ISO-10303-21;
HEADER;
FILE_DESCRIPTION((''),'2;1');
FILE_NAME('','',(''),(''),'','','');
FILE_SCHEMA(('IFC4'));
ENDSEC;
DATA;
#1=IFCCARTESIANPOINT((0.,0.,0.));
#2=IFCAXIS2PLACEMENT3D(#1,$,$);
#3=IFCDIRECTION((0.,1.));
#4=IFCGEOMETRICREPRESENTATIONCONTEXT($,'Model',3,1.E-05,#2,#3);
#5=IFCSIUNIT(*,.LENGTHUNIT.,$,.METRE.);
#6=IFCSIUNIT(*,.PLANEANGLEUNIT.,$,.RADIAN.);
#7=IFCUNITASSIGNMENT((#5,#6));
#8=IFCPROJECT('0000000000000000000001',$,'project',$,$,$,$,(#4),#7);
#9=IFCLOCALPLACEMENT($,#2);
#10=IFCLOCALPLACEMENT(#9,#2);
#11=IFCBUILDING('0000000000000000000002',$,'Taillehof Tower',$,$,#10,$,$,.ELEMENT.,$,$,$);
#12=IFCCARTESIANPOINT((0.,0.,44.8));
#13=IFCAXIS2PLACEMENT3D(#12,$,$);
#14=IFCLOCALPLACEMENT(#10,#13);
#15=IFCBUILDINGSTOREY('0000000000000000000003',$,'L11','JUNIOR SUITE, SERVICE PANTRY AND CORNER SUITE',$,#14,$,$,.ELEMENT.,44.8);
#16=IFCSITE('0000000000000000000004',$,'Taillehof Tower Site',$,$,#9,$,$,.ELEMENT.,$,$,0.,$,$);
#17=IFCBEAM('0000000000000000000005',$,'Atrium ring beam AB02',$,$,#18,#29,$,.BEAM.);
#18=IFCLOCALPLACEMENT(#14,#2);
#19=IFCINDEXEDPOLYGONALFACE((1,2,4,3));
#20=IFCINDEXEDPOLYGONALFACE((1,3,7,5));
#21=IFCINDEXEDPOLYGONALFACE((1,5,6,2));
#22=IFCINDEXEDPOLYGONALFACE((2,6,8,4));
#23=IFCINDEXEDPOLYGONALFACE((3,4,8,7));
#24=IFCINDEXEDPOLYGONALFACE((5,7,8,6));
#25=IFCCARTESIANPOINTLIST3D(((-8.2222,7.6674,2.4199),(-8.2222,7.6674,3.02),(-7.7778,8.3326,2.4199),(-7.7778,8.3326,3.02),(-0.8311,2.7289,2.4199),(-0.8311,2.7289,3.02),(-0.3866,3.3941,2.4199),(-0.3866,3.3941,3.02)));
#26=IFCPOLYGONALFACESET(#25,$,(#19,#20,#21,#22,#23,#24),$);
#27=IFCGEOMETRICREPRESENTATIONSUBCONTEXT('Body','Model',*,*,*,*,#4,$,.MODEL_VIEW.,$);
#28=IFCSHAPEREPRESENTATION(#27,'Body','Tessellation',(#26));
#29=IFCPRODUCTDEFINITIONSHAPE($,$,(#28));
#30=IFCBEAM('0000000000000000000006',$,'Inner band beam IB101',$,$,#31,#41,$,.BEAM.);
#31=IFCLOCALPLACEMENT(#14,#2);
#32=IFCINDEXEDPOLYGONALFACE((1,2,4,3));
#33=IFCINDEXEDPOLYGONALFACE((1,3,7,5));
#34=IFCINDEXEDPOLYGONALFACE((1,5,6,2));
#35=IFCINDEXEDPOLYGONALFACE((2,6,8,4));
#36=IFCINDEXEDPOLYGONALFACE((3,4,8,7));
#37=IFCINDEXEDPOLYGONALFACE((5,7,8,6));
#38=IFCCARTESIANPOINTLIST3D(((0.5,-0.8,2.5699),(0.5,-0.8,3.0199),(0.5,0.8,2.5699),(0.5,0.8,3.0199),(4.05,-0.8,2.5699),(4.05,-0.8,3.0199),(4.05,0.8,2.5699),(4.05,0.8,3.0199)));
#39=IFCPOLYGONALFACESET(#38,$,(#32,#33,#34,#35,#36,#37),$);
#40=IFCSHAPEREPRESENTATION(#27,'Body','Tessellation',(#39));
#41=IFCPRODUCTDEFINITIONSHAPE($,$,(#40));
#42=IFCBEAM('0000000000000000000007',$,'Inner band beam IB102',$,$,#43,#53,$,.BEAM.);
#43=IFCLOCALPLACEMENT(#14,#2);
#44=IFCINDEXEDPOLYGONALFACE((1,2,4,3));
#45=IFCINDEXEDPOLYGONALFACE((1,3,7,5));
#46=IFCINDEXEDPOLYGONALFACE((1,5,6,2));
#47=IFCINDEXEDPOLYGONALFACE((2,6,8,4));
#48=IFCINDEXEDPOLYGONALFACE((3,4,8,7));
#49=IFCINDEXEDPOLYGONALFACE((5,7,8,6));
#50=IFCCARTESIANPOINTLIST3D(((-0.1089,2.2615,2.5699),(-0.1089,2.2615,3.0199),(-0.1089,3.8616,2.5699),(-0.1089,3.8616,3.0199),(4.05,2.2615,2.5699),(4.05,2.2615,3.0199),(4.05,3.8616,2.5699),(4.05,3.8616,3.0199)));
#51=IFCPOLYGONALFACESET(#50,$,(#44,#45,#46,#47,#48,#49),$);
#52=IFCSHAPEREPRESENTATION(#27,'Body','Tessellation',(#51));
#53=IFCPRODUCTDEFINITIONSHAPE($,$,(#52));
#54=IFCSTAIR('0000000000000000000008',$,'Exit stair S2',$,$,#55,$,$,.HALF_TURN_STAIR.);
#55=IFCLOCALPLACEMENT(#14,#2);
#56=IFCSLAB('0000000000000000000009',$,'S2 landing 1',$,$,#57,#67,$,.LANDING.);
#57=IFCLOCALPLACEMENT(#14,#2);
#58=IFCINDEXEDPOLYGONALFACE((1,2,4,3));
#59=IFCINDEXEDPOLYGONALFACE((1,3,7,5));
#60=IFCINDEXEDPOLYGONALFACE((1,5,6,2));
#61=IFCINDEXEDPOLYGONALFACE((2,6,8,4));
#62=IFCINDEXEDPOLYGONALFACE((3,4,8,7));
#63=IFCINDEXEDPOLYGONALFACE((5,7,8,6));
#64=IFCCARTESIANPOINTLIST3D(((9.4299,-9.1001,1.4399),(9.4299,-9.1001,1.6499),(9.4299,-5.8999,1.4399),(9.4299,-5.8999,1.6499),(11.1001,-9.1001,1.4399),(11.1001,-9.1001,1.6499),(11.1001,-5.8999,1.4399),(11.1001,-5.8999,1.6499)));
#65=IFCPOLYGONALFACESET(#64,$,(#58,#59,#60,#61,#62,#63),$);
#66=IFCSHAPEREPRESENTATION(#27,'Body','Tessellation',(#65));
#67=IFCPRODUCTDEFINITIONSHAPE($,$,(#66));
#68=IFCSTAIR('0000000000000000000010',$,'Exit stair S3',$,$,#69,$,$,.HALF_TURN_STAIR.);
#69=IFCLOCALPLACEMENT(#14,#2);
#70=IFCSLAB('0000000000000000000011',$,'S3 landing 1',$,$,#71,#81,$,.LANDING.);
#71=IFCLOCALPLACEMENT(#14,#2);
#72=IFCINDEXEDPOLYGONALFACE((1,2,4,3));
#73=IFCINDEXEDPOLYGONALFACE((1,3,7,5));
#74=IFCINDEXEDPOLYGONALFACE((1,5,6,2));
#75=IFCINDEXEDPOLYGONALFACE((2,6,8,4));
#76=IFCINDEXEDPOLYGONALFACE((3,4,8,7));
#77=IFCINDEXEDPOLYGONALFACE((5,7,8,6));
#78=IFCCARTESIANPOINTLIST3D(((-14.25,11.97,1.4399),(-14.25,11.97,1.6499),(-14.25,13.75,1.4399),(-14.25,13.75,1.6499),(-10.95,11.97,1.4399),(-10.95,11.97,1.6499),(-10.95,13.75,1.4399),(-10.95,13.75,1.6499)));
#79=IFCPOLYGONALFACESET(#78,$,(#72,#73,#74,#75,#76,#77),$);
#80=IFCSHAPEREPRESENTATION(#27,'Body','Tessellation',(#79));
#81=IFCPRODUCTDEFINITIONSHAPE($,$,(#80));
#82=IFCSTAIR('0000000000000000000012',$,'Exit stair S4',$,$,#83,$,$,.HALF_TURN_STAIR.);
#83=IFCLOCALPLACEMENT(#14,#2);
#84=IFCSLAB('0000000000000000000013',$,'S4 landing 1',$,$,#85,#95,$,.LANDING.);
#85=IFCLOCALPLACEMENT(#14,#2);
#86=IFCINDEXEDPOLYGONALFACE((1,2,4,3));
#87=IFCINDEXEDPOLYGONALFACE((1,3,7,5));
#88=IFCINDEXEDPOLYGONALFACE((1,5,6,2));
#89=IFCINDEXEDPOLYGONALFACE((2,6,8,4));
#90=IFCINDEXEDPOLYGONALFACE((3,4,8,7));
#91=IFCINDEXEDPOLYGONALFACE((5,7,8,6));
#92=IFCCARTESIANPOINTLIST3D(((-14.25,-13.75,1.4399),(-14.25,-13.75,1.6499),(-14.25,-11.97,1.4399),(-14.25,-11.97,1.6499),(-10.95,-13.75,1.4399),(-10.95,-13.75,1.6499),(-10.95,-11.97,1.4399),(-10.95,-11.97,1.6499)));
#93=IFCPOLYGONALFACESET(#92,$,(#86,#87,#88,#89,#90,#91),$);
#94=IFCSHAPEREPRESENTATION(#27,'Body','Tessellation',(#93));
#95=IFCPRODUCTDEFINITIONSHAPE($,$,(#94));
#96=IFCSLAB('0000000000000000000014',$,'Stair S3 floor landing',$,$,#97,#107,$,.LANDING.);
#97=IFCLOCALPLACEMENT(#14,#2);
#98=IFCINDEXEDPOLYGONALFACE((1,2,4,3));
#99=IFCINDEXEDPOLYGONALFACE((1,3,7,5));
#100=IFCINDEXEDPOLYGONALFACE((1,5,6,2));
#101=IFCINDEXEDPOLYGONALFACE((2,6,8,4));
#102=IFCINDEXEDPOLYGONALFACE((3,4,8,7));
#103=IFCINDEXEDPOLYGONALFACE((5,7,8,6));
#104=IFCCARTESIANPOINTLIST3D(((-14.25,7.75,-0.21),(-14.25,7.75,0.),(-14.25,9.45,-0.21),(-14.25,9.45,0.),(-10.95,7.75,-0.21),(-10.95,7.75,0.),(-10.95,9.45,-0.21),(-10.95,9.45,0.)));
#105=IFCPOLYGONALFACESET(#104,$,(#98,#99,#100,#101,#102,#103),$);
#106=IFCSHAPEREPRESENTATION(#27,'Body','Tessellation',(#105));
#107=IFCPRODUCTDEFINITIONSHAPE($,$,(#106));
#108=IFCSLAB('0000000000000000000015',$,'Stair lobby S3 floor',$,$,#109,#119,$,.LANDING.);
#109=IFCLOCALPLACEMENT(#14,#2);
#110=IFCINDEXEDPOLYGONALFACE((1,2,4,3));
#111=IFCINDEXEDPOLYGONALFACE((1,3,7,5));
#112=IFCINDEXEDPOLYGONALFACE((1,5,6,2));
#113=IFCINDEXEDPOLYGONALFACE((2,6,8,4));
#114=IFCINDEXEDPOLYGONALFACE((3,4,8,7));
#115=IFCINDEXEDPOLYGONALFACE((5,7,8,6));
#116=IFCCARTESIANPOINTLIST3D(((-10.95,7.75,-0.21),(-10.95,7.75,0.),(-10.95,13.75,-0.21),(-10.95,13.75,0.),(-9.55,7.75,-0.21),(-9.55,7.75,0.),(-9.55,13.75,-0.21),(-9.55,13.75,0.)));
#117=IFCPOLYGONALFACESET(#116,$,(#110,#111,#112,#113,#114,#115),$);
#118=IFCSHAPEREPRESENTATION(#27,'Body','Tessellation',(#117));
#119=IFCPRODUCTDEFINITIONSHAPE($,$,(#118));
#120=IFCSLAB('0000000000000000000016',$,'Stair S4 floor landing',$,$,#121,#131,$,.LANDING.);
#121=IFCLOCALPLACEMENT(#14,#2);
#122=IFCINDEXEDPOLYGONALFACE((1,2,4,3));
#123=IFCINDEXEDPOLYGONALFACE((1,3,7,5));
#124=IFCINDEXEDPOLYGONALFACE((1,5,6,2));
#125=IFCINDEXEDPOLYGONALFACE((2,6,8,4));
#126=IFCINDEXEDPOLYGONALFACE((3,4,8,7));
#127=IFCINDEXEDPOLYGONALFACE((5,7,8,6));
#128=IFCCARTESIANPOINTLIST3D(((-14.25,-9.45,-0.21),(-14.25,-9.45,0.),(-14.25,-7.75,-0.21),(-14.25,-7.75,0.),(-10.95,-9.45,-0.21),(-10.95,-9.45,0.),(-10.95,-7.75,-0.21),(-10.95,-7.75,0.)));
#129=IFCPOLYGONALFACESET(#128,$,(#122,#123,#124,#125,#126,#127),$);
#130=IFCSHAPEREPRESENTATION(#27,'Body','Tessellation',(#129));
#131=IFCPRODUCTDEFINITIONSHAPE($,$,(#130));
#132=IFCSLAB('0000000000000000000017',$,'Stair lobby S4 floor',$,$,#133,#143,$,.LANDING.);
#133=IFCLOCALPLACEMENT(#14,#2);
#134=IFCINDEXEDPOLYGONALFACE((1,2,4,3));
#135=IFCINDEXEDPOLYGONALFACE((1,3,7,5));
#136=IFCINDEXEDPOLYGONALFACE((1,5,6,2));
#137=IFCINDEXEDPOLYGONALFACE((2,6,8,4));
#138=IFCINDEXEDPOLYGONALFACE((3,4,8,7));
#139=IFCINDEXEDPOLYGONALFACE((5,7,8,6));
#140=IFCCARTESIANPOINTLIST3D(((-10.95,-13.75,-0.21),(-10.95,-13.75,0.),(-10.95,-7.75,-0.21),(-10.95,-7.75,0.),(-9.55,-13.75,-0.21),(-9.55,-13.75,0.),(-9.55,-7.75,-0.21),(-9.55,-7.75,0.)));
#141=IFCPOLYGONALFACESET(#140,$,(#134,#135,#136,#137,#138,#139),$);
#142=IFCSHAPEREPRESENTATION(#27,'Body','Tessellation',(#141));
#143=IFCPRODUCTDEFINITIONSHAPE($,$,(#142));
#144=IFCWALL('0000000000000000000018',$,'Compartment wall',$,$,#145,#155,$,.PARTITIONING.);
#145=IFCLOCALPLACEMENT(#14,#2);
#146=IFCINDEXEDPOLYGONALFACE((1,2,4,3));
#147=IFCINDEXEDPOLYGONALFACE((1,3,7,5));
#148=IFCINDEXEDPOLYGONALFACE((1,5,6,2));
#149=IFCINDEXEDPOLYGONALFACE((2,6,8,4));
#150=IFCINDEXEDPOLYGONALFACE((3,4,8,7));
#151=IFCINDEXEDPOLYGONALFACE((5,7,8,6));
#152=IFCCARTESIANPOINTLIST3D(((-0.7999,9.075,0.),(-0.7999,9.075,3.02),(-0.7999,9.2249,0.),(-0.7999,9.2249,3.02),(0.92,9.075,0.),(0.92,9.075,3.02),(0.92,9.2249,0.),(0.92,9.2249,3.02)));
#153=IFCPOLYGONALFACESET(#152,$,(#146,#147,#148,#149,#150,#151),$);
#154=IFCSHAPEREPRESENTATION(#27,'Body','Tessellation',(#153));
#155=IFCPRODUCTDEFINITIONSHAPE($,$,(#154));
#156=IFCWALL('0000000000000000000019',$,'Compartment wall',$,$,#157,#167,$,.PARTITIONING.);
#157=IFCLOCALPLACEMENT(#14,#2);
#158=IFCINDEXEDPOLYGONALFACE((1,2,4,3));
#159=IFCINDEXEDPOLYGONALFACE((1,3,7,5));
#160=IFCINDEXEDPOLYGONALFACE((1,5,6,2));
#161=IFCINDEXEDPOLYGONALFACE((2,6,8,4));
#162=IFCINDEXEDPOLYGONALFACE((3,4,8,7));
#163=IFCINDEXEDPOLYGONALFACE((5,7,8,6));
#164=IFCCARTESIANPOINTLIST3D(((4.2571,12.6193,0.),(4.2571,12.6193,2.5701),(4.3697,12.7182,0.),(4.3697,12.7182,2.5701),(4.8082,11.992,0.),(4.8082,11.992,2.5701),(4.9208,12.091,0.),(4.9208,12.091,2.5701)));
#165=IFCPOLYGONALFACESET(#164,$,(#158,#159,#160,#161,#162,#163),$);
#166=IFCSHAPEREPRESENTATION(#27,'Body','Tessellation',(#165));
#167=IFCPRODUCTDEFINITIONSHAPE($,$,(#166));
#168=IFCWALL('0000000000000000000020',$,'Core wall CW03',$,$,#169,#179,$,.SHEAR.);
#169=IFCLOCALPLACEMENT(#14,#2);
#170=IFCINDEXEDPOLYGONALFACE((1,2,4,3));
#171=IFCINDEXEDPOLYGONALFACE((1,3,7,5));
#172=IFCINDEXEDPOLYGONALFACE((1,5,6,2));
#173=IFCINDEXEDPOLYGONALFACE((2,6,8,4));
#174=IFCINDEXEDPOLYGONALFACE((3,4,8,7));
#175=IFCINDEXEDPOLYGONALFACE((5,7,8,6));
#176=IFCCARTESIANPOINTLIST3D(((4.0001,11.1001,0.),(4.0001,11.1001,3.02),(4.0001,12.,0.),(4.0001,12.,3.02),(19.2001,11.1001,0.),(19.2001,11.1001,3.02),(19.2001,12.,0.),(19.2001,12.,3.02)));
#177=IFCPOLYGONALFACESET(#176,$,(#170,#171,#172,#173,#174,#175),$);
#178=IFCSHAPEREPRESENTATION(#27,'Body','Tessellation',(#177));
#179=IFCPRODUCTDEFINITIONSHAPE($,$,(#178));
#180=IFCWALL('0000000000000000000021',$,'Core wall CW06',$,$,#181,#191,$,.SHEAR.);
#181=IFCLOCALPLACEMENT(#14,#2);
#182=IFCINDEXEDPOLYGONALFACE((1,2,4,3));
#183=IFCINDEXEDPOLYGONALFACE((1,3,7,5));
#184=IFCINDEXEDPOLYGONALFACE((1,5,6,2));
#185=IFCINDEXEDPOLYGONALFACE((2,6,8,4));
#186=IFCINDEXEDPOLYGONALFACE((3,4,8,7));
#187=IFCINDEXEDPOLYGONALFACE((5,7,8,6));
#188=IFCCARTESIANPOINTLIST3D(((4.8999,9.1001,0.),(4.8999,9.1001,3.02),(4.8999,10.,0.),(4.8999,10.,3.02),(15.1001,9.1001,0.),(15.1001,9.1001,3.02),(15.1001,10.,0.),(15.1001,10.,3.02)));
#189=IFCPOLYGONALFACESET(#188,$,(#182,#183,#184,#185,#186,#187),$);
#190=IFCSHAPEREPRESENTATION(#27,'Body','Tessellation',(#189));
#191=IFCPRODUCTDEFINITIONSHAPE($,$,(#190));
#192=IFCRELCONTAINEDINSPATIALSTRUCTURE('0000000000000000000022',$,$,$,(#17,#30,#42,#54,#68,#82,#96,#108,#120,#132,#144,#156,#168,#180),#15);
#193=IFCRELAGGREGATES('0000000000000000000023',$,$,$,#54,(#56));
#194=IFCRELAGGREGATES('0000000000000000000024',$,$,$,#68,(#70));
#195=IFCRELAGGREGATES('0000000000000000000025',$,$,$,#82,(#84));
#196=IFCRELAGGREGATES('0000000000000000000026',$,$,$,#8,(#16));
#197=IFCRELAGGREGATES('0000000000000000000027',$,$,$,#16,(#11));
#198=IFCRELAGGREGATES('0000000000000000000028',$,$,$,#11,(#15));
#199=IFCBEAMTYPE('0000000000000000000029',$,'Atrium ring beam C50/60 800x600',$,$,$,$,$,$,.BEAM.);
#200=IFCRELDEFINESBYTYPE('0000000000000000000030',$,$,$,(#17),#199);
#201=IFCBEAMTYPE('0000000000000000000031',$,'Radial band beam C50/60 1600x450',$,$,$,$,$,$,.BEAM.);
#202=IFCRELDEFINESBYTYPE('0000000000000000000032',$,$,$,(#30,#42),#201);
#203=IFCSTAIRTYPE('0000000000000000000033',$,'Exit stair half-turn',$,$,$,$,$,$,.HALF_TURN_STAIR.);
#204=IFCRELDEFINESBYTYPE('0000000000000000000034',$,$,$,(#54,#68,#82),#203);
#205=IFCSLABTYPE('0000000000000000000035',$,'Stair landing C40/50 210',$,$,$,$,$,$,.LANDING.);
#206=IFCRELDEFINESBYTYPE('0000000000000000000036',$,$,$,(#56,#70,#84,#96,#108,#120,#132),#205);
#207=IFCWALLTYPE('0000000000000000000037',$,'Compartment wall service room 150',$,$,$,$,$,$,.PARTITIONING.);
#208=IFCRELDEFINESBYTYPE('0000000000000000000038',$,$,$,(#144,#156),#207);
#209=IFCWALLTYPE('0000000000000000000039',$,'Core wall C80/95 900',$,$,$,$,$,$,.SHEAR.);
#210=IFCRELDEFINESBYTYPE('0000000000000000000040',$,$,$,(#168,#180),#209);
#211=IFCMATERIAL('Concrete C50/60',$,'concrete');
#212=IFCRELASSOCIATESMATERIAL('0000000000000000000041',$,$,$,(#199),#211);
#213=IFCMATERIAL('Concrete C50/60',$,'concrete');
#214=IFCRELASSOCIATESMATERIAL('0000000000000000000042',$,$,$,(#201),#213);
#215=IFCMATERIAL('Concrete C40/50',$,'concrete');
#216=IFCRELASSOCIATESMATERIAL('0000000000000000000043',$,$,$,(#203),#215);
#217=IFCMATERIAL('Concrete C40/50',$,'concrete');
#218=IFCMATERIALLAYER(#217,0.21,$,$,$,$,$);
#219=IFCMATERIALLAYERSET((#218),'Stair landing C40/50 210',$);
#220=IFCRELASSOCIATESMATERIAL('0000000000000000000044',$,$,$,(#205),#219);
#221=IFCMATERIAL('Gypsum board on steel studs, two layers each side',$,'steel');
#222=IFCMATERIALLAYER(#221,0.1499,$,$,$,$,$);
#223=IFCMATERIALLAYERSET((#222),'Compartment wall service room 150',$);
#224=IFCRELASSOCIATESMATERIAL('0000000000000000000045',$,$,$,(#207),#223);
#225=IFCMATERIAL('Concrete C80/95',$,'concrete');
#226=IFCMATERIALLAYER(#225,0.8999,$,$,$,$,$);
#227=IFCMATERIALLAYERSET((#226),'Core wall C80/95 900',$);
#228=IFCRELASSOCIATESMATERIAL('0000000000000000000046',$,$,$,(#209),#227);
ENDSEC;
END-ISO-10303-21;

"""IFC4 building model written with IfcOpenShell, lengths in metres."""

from ifc_helpers import new_model, si_unit, direction, frame, frame_2d, origin, origin_2d, place, context, subcontext, project, spatial, polyline, rectangle, outline, extrude, material, layer, layer_set, material_profile, profile_set, type_object, element, aggregate, save


model = new_model("IFC4")

# Units and contexts
model_context = context("Model", 3, precision=1e-05, world=origin(), true_north=direction((0.0, 1.0)))
body_context = subcontext(model_context, "Body", "Model", "MODEL_VIEW")
ifc_project = project(units=[si_unit("LENGTHUNIT", "METRE"), si_unit("PLANEANGLEUNIT", "RADIAN")], contexts=[model_context])

# Site, building, storey
site_placement = place(None, origin())
site = spatial("IfcSite", under=ifc_project, at=site_placement, Name="Taillehof Tower Site", CompositionType="ELEMENT", RefElevation=0.0)
building_placement = place(site_placement, origin())
building = spatial("IfcBuilding", under=site, at=building_placement, Name="Taillehof Tower", CompositionType="ELEMENT")
storey_placement = place(building_placement, frame((0.0, 0.0, 44.8)))
storey = spatial("IfcBuildingStorey", under=building, at=storey_placement, Name="L11", Description="JUNIOR SUITE, SERVICE PANTRY AND CORNER SUITE", CompositionType="ELEMENT", Elevation=44.8)

# Beams
ifc_material_1 = material(Name="Concrete C50/60", Category="concrete")
ifc_material_profile_1 = material_profile(ifc_material_1, rectangle(XDim=0.8, YDim=0.6001, at=origin_2d()), Name="RC 800x600")
ifc_profile_set_1 = profile_set([ifc_material_profile_1], Name="Concrete C50/60")
beam_type_1 = type_object("IfcBeamType", Name="Atrium ring beam C50/60 800x600", PredefinedType="BEAM", material=ifc_profile_set_1)
beam_1_placement = place(storey_placement, frame((-0.6089, 3.0615, 2.72), z_axis=(-0.831475, 0.555562, 0.0), x_axis=(-0.555562, -0.831475, 0.0)))
element("IfcBeam", 1, at=beam_1_placement, inside=storey, type_object=beam_type_1, Name="Atrium ring beam AB02", PredefinedType="BEAM", context=body_context, shape_type="SweptSolid", body=[
    extrude(rectangle(XDim=0.8, YDim=0.6001, at=origin_2d()), origin(), (0.0, 0.0, 1.0), 8.8892),
])
ifc_material_2 = material(Name="Concrete C50/60", Category="concrete")
ifc_material_profile_2 = material_profile(ifc_material_2, rectangle(XDim=1.6001, YDim=0.45, at=origin_2d()), Name="RC 1600x450")
ifc_profile_set_2 = profile_set([ifc_material_profile_2], Name="Concrete C50/60")
beam_type_2 = type_object("IfcBeamType", Name="Radial band beam C50/60 1600x450", PredefinedType="BEAM", material=ifc_profile_set_2)
beam_2_placement = place(storey_placement, frame((0.5, 0.0, 2.7949), z_axis=(1.0, 0.0, 0.0), x_axis=(0.0, 1.0, 0.0)))
element("IfcBeam", 2, at=beam_2_placement, inside=storey, type_object=beam_type_2, Name="Inner band beam IB101", PredefinedType="BEAM", context=body_context, shape_type="SweptSolid", body=[
    extrude(rectangle(XDim=1.6001, YDim=0.45, at=origin_2d()), origin(), (0.0, 0.0, 1.0), 3.55),
])
beam_3_placement = place(storey_placement, frame((-0.1089, 3.0615, 2.7949), z_axis=(1.0, 0.0, 0.0), x_axis=(0.0, 1.0, 0.0)))
element("IfcBeam", 3, at=beam_3_placement, inside=storey, type_object=beam_type_2, Name="Inner band beam IB102", PredefinedType="BEAM", context=body_context, shape_type="SweptSolid", body=[
    extrude(rectangle(XDim=1.6001, YDim=0.45, at=origin_2d()), origin(), (0.0, 0.0, 1.0), 4.1589),
])

# Stairs, slabs
ifc_material_3 = material(Name="Concrete C40/50", Category="concrete")
stair_type = type_object("IfcStairType", Name="Exit stair half-turn", PredefinedType="HALF_TURN_STAIR", material=ifc_material_3)
stair_1_placement = place(storey_placement, origin())
stair_1 = element("IfcStair", 4, at=stair_1_placement, inside=storey, type_object=stair_type, Name="Exit stair S2", PredefinedType="HALF_TURN_STAIR")
ifc_material_4 = material(Name="Concrete C40/50", Category="concrete")
ifc_layer_1 = layer(ifc_material_4, 0.21)
ifc_layer_set_1 = layer_set([ifc_layer_1], Name="Stair landing C40/50 210")
slab_type = type_object("IfcSlabType", Name="Stair landing C40/50 210", PredefinedType="LANDING", material=ifc_layer_set_1)
slab_1_placement = place(storey_placement, frame((0.0, 0.0, 1.4399)))
slab_1 = element("IfcSlab", 5, at=slab_1_placement, type_object=slab_type, Name="S2 landing 1", PredefinedType="LANDING", context=body_context, shape_type="SweptSolid", body=[
    extrude(outline(polyline([(9.4299, -5.8999), (11.1001, -5.8999), (11.1001, -9.1001), (9.4299, -9.1001), (9.4299, -5.8999)])), origin(), (0.0, 0.0, 1.0), 0.21),
])
aggregate(stair_1, [slab_1])
stair_2_placement = place(storey_placement, origin())
stair_2 = element("IfcStair", 6, at=stair_2_placement, inside=storey, type_object=stair_type, Name="Exit stair S3", PredefinedType="HALF_TURN_STAIR")
slab_2_placement = place(storey_placement, frame((0.0, 0.0, 1.4399)))
slab_2 = element("IfcSlab", 7, at=slab_2_placement, type_object=slab_type, Name="S3 landing 1", PredefinedType="LANDING", context=body_context, shape_type="SweptSolid", body=[
    extrude(outline(polyline([(-14.25, 11.97), (-14.25, 13.75), (-10.95, 13.75), (-10.95, 11.97), (-14.25, 11.97)])), origin(), (0.0, 0.0, 1.0), 0.21),
])
aggregate(stair_2, [slab_2])
stair_3_placement = place(storey_placement, origin())
stair_3 = element("IfcStair", 8, at=stair_3_placement, inside=storey, type_object=stair_type, Name="Exit stair S4", PredefinedType="HALF_TURN_STAIR")
slab_3_placement = place(storey_placement, frame((0.0, 0.0, 1.4399)))
slab_3 = element("IfcSlab", 9, at=slab_3_placement, type_object=slab_type, Name="S4 landing 1", PredefinedType="LANDING", context=body_context, shape_type="SweptSolid", body=[
    extrude(outline(polyline([(-14.25, -11.97), (-14.25, -13.75), (-10.95, -13.75), (-10.95, -11.97), (-14.25, -11.97)])), origin(), (0.0, 0.0, 1.0), 0.21),
])
aggregate(stair_3, [slab_3])

# Slabs
slab_4_placement = place(storey_placement, frame((0.0, 0.0, -0.21)))
element("IfcSlab", 10, at=slab_4_placement, inside=storey, type_object=slab_type, Name="Stair S3 floor landing", PredefinedType="LANDING", context=body_context, shape_type="SweptSolid", body=[
    extrude(outline(polyline([(-14.25, 7.75), (-14.25, 9.45), (-10.95, 9.45), (-10.95, 7.75), (-14.25, 7.75)])), origin(), (0.0, 0.0, 1.0), 0.21),
])
slab_5_placement = place(storey_placement, frame((0.0, 0.0, -0.21)))
element("IfcSlab", 11, at=slab_5_placement, inside=storey, type_object=slab_type, Name="Stair lobby S3 floor", PredefinedType="LANDING", context=body_context, shape_type="SweptSolid", body=[
    extrude(outline(polyline([(-10.95, 7.75), (-9.55, 7.75), (-9.55, 13.75), (-10.95, 13.75), (-10.95, 7.75)])), origin(), (0.0, 0.0, 1.0), 0.21),
])
slab_6_placement = place(storey_placement, frame((0.0, 0.0, -0.21)))
element("IfcSlab", 12, at=slab_6_placement, inside=storey, type_object=slab_type, Name="Stair S4 floor landing", PredefinedType="LANDING", context=body_context, shape_type="SweptSolid", body=[
    extrude(outline(polyline([(-14.25, -7.75), (-14.25, -9.45), (-10.95, -9.45), (-10.95, -7.75), (-14.25, -7.75)])), origin(), (0.0, 0.0, 1.0), 0.21),
])
slab_7_placement = place(storey_placement, frame((0.0, 0.0, -0.21)))
element("IfcSlab", 13, at=slab_7_placement, inside=storey, type_object=slab_type, Name="Stair lobby S4 floor", PredefinedType="LANDING", context=body_context, shape_type="SweptSolid", body=[
    extrude(outline(polyline([(-10.95, -13.75), (-9.55, -13.75), (-9.55, -7.75), (-10.95, -7.75), (-10.95, -13.75)])), origin(), (0.0, 0.0, 1.0), 0.21),
])

# Walls
ifc_material_5 = material(Name="Gypsum board on steel studs, two layers each side", Category="steel")
ifc_layer_2 = layer(ifc_material_5, 0.1499)
ifc_layer_set_2 = layer_set([ifc_layer_2], Name="Compartment wall service room 150")
wall_type_1 = type_object("IfcWallType", Name="Compartment wall service room 150", PredefinedType="PARTITIONING", material=ifc_layer_set_2)
wall_1_placement = place(storey_placement, frame((0.9199, 9.1499, 0.0), z_axis=(0.0, 0.0, 1.0), x_axis=(-1.0, 0.0, 0.0)))
element("IfcWall", 14, at=wall_1_placement, inside=storey, type_object=wall_type_1, Name="Compartment wall", PredefinedType="PARTITIONING", context=body_context, shape_type="SweptSolid", body=[
    extrude(rectangle(XDim=1.72, YDim=0.1499, at=frame_2d((0.8599, 0.0))), origin(), (0.0, 0.0, 1.0), 3.02),
])
wall_2_placement = place(storey_placement, frame((4.8645, 12.0415, 0.0), z_axis=(0.0, 0.0, 1.0), x_axis=(-0.660015, 0.751253, 0.0)))
element("IfcWall", 15, at=wall_2_placement, inside=storey, type_object=wall_type_1, Name="Compartment wall", PredefinedType="PARTITIONING", context=body_context, shape_type="SweptSolid", body=[
    extrude(rectangle(XDim=0.835, YDim=0.1499, at=frame_2d((0.4175, 0.0))), origin(), (0.0, 0.0, 1.0), 2.5701),
])
ifc_material_6 = material(Name="Concrete C80/95", Category="concrete")
ifc_layer_3 = layer(ifc_material_6, 0.8999)
ifc_layer_set_3 = layer_set([ifc_layer_3], Name="Core wall C80/95 900")
wall_type_2 = type_object("IfcWallType", Name="Core wall C80/95 900", PredefinedType="SHEAR", material=ifc_layer_set_3)
wall_3_placement = place(storey_placement, frame((4.0, 11.55, 0.0), z_axis=(0.0, 0.0, 1.0), x_axis=(1.0, 0.0, 0.0)))
element("IfcWall", 16, at=wall_3_placement, inside=storey, type_object=wall_type_2, Name="Core wall CW03", PredefinedType="SHEAR", context=body_context, shape_type="SweptSolid", body=[
    extrude(rectangle(XDim=15.2, YDim=0.8999, at=frame_2d((7.6001, 0.0))), origin(), (0.0, 0.0, 1.0), 3.02),
])
wall_4_placement = place(storey_placement, frame((4.8999, 9.55, 0.0), z_axis=(0.0, 0.0, 1.0), x_axis=(1.0, 0.0, 0.0)))
element("IfcWall", 17, at=wall_4_placement, inside=storey, type_object=wall_type_2, Name="Core wall CW06", PredefinedType="SHEAR", context=body_context, shape_type="SweptSolid", body=[
    extrude(rectangle(XDim=10.2002, YDim=0.8999, at=frame_2d((5.1001, 0.0))), origin(), (0.0, 0.0, 1.0), 3.02),
])

save(model, "model.ifc")
